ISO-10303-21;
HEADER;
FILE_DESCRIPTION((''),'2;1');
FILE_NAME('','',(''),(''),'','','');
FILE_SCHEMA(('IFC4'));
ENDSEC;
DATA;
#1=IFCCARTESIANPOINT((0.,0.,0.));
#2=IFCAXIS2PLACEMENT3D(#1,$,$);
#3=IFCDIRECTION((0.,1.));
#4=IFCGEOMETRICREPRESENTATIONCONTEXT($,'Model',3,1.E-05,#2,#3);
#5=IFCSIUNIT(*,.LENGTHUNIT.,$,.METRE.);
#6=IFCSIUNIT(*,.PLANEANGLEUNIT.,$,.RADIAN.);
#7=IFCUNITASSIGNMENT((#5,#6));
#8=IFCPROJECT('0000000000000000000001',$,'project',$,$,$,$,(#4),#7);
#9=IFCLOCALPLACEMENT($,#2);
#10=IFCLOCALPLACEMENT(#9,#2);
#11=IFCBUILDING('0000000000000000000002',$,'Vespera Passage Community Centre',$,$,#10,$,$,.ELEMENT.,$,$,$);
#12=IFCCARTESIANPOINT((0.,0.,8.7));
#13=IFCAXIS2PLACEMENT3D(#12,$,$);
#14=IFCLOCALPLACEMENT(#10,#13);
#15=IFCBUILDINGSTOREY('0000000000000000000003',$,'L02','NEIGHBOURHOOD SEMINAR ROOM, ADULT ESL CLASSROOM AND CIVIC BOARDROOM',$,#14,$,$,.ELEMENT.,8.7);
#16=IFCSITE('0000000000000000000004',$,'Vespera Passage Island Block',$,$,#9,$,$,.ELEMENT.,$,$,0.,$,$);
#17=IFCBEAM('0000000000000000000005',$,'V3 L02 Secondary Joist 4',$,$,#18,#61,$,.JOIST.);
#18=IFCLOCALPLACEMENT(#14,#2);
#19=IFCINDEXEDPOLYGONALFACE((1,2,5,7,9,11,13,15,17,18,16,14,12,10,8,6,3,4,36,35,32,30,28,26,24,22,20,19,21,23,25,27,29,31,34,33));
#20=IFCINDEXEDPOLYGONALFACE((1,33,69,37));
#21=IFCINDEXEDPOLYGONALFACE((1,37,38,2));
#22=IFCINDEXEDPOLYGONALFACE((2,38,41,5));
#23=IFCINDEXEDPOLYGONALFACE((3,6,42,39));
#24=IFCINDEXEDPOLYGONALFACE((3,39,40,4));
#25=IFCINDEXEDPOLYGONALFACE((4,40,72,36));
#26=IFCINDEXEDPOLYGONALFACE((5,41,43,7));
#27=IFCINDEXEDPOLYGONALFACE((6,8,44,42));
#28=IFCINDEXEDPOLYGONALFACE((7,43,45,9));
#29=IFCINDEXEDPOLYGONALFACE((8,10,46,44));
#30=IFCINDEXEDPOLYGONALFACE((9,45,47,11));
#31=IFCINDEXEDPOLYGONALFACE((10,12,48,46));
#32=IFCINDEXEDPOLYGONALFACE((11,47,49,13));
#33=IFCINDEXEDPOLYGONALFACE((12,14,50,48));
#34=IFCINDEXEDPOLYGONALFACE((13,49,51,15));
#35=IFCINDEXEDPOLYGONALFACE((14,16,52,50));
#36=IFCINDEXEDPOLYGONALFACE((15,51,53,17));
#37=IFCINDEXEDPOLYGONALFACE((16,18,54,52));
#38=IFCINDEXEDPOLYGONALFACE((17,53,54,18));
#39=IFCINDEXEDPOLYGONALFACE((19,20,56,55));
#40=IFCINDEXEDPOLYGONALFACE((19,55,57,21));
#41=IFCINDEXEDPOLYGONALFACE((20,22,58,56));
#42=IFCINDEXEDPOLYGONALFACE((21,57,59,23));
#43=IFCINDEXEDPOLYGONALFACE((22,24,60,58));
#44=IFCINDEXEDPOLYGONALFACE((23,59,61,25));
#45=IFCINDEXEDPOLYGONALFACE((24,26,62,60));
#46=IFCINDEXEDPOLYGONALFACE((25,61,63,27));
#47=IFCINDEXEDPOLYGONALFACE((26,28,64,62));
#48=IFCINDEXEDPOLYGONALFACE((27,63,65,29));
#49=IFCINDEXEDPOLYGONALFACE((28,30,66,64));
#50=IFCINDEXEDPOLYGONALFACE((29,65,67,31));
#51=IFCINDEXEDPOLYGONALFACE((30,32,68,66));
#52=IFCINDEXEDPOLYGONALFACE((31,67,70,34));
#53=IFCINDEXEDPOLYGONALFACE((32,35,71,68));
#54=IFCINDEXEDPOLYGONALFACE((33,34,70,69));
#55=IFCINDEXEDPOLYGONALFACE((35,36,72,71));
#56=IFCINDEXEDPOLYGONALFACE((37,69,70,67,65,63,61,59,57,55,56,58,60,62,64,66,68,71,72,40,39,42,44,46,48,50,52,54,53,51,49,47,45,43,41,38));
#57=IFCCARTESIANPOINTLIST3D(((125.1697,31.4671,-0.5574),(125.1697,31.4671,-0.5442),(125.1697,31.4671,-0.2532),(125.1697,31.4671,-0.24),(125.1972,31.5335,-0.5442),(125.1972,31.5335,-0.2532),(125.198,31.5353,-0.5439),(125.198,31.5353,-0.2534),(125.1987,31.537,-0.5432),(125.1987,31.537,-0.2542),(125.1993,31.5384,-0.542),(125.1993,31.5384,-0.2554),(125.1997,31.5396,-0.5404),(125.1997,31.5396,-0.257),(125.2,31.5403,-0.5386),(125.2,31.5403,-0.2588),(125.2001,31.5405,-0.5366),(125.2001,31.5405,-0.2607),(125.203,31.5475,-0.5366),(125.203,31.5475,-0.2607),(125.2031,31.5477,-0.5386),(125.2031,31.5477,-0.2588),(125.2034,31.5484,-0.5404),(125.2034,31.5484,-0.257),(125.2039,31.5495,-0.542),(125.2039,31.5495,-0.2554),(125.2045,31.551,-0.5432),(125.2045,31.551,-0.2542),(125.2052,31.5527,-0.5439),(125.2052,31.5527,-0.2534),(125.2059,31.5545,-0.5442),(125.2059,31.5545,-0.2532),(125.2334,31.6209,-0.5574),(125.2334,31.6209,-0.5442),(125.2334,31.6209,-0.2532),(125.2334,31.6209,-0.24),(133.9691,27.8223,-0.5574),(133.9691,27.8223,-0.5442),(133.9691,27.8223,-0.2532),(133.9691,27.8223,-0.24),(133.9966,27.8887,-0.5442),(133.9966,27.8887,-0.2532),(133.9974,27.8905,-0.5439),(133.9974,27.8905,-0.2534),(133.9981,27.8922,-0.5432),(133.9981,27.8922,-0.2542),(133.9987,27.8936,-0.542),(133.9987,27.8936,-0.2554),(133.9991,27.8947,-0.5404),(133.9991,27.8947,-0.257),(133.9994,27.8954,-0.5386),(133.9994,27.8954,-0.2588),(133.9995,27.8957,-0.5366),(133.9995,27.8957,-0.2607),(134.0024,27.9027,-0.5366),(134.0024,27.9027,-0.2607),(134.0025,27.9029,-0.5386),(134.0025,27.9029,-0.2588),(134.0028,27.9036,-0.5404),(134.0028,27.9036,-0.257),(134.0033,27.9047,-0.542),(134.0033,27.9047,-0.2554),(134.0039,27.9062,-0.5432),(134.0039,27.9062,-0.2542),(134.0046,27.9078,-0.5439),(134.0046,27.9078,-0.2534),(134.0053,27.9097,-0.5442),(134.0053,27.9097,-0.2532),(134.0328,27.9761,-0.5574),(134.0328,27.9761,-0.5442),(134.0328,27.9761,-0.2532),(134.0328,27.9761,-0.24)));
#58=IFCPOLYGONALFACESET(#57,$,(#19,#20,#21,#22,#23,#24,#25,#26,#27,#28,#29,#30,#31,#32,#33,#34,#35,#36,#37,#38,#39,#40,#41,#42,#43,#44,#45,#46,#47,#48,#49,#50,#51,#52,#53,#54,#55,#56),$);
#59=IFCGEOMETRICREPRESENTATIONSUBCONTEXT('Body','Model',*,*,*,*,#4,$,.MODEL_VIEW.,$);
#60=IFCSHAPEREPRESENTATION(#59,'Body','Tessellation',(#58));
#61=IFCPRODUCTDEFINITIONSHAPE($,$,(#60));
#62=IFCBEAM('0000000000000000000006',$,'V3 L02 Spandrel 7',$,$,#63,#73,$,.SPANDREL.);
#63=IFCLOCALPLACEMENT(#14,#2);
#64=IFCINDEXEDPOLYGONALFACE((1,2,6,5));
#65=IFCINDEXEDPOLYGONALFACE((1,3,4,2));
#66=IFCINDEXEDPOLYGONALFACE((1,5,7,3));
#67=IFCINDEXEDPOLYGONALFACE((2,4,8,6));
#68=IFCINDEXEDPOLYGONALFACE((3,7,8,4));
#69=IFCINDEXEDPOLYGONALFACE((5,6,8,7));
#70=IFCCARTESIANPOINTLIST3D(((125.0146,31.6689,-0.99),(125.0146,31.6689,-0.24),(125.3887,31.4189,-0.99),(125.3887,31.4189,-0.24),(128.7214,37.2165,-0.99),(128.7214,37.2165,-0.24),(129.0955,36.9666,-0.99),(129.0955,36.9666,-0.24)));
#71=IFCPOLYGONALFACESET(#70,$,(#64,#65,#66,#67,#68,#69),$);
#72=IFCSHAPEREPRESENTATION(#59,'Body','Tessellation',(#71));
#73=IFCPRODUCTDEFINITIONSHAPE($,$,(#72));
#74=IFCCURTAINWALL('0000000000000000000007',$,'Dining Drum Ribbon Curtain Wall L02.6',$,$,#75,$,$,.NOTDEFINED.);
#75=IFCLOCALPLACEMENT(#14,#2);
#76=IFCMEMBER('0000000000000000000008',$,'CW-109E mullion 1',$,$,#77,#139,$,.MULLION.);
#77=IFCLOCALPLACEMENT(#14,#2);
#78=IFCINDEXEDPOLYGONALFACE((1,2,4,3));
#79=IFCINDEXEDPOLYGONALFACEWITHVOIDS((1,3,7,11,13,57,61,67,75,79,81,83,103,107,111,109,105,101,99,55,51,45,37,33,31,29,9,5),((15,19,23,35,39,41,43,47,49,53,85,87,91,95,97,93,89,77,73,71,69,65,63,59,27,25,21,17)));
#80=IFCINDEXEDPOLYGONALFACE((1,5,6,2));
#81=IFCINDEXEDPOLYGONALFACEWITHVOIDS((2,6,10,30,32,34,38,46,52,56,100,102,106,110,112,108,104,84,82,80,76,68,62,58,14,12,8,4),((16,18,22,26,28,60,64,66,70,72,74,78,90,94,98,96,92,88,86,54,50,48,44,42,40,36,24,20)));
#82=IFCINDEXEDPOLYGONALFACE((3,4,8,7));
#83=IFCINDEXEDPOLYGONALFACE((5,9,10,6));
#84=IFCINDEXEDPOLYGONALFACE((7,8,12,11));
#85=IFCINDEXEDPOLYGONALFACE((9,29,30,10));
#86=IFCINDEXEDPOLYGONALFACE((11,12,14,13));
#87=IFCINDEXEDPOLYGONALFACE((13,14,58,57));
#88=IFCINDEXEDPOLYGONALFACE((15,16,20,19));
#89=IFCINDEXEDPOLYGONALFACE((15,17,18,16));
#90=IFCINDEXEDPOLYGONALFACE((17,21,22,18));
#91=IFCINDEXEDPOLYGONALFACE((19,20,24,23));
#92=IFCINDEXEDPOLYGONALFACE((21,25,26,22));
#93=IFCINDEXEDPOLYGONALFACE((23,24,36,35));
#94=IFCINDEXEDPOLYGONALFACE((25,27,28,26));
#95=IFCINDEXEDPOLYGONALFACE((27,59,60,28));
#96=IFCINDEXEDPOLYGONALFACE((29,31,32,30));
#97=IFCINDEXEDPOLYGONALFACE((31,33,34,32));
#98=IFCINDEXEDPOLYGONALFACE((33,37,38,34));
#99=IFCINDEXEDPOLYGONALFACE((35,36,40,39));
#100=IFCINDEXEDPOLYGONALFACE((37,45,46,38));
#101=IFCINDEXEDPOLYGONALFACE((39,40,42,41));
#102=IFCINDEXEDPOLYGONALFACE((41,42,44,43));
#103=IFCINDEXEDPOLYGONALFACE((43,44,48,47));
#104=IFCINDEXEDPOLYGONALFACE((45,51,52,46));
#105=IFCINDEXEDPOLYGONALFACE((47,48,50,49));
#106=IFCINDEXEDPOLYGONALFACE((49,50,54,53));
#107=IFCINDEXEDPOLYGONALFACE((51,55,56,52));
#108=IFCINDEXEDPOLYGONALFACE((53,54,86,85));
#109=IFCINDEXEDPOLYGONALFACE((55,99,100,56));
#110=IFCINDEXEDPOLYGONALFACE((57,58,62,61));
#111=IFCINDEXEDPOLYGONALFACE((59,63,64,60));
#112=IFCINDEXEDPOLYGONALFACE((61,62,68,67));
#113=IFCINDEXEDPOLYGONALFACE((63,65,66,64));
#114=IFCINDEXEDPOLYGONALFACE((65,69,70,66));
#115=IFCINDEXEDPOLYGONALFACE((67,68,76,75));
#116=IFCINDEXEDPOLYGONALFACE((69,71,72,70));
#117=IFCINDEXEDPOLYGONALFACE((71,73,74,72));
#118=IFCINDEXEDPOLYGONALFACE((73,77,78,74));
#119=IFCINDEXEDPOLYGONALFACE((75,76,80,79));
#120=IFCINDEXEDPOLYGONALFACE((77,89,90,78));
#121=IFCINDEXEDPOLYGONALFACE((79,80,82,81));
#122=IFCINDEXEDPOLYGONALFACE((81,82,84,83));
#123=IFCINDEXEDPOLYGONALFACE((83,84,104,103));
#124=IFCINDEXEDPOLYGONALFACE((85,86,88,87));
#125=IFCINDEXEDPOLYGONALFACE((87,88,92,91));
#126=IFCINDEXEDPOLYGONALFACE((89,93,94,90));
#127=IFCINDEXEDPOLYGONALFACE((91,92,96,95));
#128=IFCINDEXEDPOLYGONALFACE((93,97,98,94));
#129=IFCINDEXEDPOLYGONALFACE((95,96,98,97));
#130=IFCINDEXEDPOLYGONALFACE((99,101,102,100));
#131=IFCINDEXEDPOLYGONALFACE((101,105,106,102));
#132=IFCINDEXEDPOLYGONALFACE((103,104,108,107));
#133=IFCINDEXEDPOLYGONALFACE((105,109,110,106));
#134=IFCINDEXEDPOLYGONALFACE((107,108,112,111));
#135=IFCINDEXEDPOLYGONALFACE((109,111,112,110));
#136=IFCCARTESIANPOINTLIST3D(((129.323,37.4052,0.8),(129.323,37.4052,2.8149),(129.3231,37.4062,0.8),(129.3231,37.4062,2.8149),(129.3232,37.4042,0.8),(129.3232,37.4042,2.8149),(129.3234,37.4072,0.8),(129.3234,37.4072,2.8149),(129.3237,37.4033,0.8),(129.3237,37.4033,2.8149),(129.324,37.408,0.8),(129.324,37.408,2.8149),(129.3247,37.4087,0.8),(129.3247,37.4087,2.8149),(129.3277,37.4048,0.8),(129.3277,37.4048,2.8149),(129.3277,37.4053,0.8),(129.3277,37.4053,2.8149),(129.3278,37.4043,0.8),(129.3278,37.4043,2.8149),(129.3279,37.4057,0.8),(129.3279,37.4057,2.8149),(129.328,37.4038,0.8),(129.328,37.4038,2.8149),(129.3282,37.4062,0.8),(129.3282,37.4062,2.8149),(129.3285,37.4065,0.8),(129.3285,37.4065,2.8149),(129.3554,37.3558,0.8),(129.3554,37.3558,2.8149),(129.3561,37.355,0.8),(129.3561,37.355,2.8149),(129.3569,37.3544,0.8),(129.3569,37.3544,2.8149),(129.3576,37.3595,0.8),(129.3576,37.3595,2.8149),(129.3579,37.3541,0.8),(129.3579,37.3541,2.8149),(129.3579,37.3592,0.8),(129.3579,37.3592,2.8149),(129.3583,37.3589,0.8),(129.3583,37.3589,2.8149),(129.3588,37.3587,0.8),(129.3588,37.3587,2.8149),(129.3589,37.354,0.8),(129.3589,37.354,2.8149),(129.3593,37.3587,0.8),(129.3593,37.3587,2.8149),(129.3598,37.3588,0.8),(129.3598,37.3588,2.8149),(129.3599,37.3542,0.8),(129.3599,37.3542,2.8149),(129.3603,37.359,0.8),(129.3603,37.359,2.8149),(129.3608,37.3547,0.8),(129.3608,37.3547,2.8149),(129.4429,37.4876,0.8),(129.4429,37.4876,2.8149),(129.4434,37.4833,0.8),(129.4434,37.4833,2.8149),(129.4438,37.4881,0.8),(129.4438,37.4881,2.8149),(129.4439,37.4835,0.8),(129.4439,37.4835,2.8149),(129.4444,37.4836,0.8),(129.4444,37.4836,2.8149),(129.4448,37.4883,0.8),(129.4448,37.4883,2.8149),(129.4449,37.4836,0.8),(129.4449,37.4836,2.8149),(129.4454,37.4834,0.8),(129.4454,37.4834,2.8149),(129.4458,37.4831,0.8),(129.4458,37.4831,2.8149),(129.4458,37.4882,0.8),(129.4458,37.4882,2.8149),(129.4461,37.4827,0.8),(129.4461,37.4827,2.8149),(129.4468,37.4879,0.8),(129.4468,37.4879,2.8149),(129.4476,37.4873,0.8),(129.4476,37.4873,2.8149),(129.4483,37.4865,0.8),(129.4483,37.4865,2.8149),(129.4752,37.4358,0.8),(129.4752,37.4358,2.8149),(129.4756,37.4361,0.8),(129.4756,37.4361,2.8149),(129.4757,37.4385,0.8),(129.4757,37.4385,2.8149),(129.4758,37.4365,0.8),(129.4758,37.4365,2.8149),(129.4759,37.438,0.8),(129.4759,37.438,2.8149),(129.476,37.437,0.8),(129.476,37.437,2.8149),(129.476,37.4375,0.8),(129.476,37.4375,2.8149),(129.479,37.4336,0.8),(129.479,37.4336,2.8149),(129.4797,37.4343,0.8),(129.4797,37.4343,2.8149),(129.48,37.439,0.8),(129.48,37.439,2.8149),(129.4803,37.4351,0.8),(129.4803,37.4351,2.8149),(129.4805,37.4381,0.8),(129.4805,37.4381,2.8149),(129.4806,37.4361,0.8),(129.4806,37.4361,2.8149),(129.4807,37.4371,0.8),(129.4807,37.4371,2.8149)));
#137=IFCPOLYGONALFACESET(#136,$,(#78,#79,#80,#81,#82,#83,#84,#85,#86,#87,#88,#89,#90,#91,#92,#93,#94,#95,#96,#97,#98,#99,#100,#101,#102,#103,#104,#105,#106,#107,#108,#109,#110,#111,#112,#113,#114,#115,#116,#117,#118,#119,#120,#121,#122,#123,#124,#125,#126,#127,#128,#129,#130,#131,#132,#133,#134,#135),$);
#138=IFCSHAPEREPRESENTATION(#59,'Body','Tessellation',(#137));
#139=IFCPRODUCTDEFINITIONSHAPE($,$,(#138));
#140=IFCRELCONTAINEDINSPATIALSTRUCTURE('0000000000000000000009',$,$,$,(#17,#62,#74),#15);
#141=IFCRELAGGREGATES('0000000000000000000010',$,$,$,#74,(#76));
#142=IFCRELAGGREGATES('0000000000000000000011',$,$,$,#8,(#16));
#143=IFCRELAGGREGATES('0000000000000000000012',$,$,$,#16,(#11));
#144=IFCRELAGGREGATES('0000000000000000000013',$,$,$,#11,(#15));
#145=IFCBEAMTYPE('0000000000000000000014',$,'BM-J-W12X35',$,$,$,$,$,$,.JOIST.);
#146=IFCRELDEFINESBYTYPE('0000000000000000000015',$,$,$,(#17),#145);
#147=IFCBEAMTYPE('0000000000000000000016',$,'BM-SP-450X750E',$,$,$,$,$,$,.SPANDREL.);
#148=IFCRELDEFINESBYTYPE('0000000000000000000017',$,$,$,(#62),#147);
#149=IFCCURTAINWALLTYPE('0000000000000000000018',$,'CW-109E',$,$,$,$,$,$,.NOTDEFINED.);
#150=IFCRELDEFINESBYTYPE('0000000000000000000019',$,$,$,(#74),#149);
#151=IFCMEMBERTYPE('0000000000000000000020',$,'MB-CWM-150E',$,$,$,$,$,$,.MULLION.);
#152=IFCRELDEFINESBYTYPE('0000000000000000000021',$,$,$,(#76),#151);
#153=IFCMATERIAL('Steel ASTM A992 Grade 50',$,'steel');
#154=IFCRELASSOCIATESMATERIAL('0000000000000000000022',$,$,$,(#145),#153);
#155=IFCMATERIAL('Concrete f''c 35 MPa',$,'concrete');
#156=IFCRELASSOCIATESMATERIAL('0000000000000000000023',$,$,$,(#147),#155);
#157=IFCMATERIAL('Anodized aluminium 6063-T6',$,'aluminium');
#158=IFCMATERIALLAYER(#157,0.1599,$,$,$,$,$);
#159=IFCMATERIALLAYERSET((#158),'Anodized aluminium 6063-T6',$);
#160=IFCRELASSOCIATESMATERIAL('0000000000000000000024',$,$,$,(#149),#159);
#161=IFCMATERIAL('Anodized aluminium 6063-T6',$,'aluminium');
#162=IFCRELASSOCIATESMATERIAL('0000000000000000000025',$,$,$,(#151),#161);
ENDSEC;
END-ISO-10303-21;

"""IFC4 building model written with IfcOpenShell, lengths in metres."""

from ifc_helpers import new_model, si_unit, direction, frame, origin, origin_2d, place, context, subcontext, project, spatial, rectangle, hollow_rectangle, i_section, extrude, material, layer, layer_set, material_profile, profile_set, type_object, element, aggregate, save


model = new_model("IFC4")

# Units and contexts
model_context = context("Model", 3, precision=1e-05, world=origin(), true_north=direction((0.0, 1.0)))
body_context = subcontext(model_context, "Body", "Model", "MODEL_VIEW")
ifc_project = project(units=[si_unit("LENGTHUNIT", "METRE"), si_unit("PLANEANGLEUNIT", "RADIAN")], contexts=[model_context])

# Site, building, storey
site_placement = place(None, origin())
site = spatial("IfcSite", under=ifc_project, at=site_placement, Name="Vespera Passage Island Block", CompositionType="ELEMENT", RefElevation=0.0)
building_placement = place(site_placement, origin())
building = spatial("IfcBuilding", under=site, at=building_placement, Name="Vespera Passage Community Centre", CompositionType="ELEMENT")
storey_placement = place(building_placement, frame((0.0, 0.0, 8.7)))
storey = spatial("IfcBuildingStorey", under=building, at=storey_placement, Name="L02", Description="NEIGHBOURHOOD SEMINAR ROOM, ADULT ESL CLASSROOM AND CIVIC BOARDROOM", CompositionType="ELEMENT", Elevation=8.7)

# Beams
ifc_material_1 = material(Name="Steel ASTM A992 Grade 50", Category="steel")
ifc_material_profile_1 = material_profile(ifc_material_1, i_section(OverallWidth=0.1665, OverallDepth=0.3174, WebThickness=0.0076, FlangeThickness=0.0132, FilletRadius=0.0076, at=origin_2d()), Name="W12X35")
ifc_profile_set_1 = profile_set([ifc_material_profile_1], Name="Steel ASTM A992 Grade 50")
beam_type_1 = type_object("IfcBeamType", Name="BM-J-W12X35", PredefinedType="JOIST", material=ifc_profile_set_1)
beam_1_placement = place(storey_placement, frame((134.001, 27.8992, -0.3987), z_axis=(-0.92388, 0.382682, 0.0), x_axis=(-0.382682, -0.92388, 0.0)))
element("IfcBeam", 1, at=beam_1_placement, inside=storey, type_object=beam_type_1, Name="V3 L02 Secondary Joist 4", PredefinedType="JOIST", context=body_context, shape_type="SweptSolid", body=[
    extrude(i_section(OverallWidth=0.1665, OverallDepth=0.3174, WebThickness=0.0076, FlangeThickness=0.0132, FilletRadius=0.0076, at=origin_2d()), origin(), (0.0, 0.0, 1.0), 9.5244),
])
ifc_material_2 = material(Name="Concrete f'c 35 MPa", Category="concrete")
ifc_material_profile_2 = material_profile(ifc_material_2, rectangle(XDim=0.45, YDim=0.75, at=origin_2d()), Name="RC450X750")
ifc_profile_set_2 = profile_set([ifc_material_profile_2], Name="Concrete f'c 35 MPa")
beam_type_2 = type_object("IfcBeamType", Name="BM-SP-450X750E", PredefinedType="SPANDREL", material=ifc_profile_set_2)
beam_2_placement = place(storey_placement, frame((128.9084, 37.0916, -0.615), z_axis=(-0.55557, -0.83147, 0.0), x_axis=(0.83147, -0.55557, 0.0)))
element("IfcBeam", 2, at=beam_2_placement, inside=storey, type_object=beam_type_2, Name="V3 L02 Spandrel 7", PredefinedType="SPANDREL", context=body_context, shape_type="SweptSolid", body=[
    extrude(rectangle(XDim=0.45, YDim=0.75, at=origin_2d()), origin(), (0.0, 0.0, 1.0), 6.6721),
])

# Curtain wall, member
ifc_material_3 = material(Name="Anodized aluminium 6063-T6", Category="aluminium")
ifc_layer_1 = layer(ifc_material_3, 0.1599)
ifc_layer_set_1 = layer_set([ifc_layer_1], Name="Anodized aluminium 6063-T6")
curtain_wall_type_1 = type_object("IfcCurtainWallType", Name="CW-109E", PredefinedType="NOTDEFINED", material=ifc_layer_set_1)
curtain_wall_1_placement = place(storey_placement, origin())
curtain_wall_1 = element("IfcCurtainWall", 3, at=curtain_wall_1_placement, inside=storey, type_object=curtain_wall_type_1, Name="Dining Drum Ribbon Curtain Wall L02.6", PredefinedType="NOTDEFINED")
ifc_material_4 = material(Name="Anodized aluminium 6063-T6", Category="aluminium")
ifc_material_profile_3 = material_profile(ifc_material_4, hollow_rectangle(XDim=0.0649, YDim=0.1499, WallThickness=0.0039, InnerFilletRadius=0.002, OuterFilletRadius=0.0039, at=origin_2d()), Name="ALU150X65X4")
ifc_profile_set_3 = profile_set([ifc_material_profile_3], Name="Anodized aluminium 6063-T6")
member_type_1 = type_object("IfcMemberType", Name="MB-CWM-150E", PredefinedType="MULLION", material=ifc_profile_set_3)
member_1_placement = place(storey_placement, frame((129.4019, 37.4211, 0.8), z_axis=(0.0, 0.0, 1.0), x_axis=(-0.555565, 0.831473, 0.0)))
member_1 = element("IfcMember", 4, at=member_1_placement, type_object=member_type_1, Name="CW-109E mullion 1", PredefinedType="MULLION", context=body_context, shape_type="SweptSolid", body=[
    extrude(hollow_rectangle(XDim=0.0649, YDim=0.1499, WallThickness=0.0039, InnerFilletRadius=0.002, OuterFilletRadius=0.0039, at=origin_2d()), origin(), (0.0, 0.0, 1.0), 2.0149),
])

aggregate(curtain_wall_1, [member_1])

save(model, "model.ifc")
